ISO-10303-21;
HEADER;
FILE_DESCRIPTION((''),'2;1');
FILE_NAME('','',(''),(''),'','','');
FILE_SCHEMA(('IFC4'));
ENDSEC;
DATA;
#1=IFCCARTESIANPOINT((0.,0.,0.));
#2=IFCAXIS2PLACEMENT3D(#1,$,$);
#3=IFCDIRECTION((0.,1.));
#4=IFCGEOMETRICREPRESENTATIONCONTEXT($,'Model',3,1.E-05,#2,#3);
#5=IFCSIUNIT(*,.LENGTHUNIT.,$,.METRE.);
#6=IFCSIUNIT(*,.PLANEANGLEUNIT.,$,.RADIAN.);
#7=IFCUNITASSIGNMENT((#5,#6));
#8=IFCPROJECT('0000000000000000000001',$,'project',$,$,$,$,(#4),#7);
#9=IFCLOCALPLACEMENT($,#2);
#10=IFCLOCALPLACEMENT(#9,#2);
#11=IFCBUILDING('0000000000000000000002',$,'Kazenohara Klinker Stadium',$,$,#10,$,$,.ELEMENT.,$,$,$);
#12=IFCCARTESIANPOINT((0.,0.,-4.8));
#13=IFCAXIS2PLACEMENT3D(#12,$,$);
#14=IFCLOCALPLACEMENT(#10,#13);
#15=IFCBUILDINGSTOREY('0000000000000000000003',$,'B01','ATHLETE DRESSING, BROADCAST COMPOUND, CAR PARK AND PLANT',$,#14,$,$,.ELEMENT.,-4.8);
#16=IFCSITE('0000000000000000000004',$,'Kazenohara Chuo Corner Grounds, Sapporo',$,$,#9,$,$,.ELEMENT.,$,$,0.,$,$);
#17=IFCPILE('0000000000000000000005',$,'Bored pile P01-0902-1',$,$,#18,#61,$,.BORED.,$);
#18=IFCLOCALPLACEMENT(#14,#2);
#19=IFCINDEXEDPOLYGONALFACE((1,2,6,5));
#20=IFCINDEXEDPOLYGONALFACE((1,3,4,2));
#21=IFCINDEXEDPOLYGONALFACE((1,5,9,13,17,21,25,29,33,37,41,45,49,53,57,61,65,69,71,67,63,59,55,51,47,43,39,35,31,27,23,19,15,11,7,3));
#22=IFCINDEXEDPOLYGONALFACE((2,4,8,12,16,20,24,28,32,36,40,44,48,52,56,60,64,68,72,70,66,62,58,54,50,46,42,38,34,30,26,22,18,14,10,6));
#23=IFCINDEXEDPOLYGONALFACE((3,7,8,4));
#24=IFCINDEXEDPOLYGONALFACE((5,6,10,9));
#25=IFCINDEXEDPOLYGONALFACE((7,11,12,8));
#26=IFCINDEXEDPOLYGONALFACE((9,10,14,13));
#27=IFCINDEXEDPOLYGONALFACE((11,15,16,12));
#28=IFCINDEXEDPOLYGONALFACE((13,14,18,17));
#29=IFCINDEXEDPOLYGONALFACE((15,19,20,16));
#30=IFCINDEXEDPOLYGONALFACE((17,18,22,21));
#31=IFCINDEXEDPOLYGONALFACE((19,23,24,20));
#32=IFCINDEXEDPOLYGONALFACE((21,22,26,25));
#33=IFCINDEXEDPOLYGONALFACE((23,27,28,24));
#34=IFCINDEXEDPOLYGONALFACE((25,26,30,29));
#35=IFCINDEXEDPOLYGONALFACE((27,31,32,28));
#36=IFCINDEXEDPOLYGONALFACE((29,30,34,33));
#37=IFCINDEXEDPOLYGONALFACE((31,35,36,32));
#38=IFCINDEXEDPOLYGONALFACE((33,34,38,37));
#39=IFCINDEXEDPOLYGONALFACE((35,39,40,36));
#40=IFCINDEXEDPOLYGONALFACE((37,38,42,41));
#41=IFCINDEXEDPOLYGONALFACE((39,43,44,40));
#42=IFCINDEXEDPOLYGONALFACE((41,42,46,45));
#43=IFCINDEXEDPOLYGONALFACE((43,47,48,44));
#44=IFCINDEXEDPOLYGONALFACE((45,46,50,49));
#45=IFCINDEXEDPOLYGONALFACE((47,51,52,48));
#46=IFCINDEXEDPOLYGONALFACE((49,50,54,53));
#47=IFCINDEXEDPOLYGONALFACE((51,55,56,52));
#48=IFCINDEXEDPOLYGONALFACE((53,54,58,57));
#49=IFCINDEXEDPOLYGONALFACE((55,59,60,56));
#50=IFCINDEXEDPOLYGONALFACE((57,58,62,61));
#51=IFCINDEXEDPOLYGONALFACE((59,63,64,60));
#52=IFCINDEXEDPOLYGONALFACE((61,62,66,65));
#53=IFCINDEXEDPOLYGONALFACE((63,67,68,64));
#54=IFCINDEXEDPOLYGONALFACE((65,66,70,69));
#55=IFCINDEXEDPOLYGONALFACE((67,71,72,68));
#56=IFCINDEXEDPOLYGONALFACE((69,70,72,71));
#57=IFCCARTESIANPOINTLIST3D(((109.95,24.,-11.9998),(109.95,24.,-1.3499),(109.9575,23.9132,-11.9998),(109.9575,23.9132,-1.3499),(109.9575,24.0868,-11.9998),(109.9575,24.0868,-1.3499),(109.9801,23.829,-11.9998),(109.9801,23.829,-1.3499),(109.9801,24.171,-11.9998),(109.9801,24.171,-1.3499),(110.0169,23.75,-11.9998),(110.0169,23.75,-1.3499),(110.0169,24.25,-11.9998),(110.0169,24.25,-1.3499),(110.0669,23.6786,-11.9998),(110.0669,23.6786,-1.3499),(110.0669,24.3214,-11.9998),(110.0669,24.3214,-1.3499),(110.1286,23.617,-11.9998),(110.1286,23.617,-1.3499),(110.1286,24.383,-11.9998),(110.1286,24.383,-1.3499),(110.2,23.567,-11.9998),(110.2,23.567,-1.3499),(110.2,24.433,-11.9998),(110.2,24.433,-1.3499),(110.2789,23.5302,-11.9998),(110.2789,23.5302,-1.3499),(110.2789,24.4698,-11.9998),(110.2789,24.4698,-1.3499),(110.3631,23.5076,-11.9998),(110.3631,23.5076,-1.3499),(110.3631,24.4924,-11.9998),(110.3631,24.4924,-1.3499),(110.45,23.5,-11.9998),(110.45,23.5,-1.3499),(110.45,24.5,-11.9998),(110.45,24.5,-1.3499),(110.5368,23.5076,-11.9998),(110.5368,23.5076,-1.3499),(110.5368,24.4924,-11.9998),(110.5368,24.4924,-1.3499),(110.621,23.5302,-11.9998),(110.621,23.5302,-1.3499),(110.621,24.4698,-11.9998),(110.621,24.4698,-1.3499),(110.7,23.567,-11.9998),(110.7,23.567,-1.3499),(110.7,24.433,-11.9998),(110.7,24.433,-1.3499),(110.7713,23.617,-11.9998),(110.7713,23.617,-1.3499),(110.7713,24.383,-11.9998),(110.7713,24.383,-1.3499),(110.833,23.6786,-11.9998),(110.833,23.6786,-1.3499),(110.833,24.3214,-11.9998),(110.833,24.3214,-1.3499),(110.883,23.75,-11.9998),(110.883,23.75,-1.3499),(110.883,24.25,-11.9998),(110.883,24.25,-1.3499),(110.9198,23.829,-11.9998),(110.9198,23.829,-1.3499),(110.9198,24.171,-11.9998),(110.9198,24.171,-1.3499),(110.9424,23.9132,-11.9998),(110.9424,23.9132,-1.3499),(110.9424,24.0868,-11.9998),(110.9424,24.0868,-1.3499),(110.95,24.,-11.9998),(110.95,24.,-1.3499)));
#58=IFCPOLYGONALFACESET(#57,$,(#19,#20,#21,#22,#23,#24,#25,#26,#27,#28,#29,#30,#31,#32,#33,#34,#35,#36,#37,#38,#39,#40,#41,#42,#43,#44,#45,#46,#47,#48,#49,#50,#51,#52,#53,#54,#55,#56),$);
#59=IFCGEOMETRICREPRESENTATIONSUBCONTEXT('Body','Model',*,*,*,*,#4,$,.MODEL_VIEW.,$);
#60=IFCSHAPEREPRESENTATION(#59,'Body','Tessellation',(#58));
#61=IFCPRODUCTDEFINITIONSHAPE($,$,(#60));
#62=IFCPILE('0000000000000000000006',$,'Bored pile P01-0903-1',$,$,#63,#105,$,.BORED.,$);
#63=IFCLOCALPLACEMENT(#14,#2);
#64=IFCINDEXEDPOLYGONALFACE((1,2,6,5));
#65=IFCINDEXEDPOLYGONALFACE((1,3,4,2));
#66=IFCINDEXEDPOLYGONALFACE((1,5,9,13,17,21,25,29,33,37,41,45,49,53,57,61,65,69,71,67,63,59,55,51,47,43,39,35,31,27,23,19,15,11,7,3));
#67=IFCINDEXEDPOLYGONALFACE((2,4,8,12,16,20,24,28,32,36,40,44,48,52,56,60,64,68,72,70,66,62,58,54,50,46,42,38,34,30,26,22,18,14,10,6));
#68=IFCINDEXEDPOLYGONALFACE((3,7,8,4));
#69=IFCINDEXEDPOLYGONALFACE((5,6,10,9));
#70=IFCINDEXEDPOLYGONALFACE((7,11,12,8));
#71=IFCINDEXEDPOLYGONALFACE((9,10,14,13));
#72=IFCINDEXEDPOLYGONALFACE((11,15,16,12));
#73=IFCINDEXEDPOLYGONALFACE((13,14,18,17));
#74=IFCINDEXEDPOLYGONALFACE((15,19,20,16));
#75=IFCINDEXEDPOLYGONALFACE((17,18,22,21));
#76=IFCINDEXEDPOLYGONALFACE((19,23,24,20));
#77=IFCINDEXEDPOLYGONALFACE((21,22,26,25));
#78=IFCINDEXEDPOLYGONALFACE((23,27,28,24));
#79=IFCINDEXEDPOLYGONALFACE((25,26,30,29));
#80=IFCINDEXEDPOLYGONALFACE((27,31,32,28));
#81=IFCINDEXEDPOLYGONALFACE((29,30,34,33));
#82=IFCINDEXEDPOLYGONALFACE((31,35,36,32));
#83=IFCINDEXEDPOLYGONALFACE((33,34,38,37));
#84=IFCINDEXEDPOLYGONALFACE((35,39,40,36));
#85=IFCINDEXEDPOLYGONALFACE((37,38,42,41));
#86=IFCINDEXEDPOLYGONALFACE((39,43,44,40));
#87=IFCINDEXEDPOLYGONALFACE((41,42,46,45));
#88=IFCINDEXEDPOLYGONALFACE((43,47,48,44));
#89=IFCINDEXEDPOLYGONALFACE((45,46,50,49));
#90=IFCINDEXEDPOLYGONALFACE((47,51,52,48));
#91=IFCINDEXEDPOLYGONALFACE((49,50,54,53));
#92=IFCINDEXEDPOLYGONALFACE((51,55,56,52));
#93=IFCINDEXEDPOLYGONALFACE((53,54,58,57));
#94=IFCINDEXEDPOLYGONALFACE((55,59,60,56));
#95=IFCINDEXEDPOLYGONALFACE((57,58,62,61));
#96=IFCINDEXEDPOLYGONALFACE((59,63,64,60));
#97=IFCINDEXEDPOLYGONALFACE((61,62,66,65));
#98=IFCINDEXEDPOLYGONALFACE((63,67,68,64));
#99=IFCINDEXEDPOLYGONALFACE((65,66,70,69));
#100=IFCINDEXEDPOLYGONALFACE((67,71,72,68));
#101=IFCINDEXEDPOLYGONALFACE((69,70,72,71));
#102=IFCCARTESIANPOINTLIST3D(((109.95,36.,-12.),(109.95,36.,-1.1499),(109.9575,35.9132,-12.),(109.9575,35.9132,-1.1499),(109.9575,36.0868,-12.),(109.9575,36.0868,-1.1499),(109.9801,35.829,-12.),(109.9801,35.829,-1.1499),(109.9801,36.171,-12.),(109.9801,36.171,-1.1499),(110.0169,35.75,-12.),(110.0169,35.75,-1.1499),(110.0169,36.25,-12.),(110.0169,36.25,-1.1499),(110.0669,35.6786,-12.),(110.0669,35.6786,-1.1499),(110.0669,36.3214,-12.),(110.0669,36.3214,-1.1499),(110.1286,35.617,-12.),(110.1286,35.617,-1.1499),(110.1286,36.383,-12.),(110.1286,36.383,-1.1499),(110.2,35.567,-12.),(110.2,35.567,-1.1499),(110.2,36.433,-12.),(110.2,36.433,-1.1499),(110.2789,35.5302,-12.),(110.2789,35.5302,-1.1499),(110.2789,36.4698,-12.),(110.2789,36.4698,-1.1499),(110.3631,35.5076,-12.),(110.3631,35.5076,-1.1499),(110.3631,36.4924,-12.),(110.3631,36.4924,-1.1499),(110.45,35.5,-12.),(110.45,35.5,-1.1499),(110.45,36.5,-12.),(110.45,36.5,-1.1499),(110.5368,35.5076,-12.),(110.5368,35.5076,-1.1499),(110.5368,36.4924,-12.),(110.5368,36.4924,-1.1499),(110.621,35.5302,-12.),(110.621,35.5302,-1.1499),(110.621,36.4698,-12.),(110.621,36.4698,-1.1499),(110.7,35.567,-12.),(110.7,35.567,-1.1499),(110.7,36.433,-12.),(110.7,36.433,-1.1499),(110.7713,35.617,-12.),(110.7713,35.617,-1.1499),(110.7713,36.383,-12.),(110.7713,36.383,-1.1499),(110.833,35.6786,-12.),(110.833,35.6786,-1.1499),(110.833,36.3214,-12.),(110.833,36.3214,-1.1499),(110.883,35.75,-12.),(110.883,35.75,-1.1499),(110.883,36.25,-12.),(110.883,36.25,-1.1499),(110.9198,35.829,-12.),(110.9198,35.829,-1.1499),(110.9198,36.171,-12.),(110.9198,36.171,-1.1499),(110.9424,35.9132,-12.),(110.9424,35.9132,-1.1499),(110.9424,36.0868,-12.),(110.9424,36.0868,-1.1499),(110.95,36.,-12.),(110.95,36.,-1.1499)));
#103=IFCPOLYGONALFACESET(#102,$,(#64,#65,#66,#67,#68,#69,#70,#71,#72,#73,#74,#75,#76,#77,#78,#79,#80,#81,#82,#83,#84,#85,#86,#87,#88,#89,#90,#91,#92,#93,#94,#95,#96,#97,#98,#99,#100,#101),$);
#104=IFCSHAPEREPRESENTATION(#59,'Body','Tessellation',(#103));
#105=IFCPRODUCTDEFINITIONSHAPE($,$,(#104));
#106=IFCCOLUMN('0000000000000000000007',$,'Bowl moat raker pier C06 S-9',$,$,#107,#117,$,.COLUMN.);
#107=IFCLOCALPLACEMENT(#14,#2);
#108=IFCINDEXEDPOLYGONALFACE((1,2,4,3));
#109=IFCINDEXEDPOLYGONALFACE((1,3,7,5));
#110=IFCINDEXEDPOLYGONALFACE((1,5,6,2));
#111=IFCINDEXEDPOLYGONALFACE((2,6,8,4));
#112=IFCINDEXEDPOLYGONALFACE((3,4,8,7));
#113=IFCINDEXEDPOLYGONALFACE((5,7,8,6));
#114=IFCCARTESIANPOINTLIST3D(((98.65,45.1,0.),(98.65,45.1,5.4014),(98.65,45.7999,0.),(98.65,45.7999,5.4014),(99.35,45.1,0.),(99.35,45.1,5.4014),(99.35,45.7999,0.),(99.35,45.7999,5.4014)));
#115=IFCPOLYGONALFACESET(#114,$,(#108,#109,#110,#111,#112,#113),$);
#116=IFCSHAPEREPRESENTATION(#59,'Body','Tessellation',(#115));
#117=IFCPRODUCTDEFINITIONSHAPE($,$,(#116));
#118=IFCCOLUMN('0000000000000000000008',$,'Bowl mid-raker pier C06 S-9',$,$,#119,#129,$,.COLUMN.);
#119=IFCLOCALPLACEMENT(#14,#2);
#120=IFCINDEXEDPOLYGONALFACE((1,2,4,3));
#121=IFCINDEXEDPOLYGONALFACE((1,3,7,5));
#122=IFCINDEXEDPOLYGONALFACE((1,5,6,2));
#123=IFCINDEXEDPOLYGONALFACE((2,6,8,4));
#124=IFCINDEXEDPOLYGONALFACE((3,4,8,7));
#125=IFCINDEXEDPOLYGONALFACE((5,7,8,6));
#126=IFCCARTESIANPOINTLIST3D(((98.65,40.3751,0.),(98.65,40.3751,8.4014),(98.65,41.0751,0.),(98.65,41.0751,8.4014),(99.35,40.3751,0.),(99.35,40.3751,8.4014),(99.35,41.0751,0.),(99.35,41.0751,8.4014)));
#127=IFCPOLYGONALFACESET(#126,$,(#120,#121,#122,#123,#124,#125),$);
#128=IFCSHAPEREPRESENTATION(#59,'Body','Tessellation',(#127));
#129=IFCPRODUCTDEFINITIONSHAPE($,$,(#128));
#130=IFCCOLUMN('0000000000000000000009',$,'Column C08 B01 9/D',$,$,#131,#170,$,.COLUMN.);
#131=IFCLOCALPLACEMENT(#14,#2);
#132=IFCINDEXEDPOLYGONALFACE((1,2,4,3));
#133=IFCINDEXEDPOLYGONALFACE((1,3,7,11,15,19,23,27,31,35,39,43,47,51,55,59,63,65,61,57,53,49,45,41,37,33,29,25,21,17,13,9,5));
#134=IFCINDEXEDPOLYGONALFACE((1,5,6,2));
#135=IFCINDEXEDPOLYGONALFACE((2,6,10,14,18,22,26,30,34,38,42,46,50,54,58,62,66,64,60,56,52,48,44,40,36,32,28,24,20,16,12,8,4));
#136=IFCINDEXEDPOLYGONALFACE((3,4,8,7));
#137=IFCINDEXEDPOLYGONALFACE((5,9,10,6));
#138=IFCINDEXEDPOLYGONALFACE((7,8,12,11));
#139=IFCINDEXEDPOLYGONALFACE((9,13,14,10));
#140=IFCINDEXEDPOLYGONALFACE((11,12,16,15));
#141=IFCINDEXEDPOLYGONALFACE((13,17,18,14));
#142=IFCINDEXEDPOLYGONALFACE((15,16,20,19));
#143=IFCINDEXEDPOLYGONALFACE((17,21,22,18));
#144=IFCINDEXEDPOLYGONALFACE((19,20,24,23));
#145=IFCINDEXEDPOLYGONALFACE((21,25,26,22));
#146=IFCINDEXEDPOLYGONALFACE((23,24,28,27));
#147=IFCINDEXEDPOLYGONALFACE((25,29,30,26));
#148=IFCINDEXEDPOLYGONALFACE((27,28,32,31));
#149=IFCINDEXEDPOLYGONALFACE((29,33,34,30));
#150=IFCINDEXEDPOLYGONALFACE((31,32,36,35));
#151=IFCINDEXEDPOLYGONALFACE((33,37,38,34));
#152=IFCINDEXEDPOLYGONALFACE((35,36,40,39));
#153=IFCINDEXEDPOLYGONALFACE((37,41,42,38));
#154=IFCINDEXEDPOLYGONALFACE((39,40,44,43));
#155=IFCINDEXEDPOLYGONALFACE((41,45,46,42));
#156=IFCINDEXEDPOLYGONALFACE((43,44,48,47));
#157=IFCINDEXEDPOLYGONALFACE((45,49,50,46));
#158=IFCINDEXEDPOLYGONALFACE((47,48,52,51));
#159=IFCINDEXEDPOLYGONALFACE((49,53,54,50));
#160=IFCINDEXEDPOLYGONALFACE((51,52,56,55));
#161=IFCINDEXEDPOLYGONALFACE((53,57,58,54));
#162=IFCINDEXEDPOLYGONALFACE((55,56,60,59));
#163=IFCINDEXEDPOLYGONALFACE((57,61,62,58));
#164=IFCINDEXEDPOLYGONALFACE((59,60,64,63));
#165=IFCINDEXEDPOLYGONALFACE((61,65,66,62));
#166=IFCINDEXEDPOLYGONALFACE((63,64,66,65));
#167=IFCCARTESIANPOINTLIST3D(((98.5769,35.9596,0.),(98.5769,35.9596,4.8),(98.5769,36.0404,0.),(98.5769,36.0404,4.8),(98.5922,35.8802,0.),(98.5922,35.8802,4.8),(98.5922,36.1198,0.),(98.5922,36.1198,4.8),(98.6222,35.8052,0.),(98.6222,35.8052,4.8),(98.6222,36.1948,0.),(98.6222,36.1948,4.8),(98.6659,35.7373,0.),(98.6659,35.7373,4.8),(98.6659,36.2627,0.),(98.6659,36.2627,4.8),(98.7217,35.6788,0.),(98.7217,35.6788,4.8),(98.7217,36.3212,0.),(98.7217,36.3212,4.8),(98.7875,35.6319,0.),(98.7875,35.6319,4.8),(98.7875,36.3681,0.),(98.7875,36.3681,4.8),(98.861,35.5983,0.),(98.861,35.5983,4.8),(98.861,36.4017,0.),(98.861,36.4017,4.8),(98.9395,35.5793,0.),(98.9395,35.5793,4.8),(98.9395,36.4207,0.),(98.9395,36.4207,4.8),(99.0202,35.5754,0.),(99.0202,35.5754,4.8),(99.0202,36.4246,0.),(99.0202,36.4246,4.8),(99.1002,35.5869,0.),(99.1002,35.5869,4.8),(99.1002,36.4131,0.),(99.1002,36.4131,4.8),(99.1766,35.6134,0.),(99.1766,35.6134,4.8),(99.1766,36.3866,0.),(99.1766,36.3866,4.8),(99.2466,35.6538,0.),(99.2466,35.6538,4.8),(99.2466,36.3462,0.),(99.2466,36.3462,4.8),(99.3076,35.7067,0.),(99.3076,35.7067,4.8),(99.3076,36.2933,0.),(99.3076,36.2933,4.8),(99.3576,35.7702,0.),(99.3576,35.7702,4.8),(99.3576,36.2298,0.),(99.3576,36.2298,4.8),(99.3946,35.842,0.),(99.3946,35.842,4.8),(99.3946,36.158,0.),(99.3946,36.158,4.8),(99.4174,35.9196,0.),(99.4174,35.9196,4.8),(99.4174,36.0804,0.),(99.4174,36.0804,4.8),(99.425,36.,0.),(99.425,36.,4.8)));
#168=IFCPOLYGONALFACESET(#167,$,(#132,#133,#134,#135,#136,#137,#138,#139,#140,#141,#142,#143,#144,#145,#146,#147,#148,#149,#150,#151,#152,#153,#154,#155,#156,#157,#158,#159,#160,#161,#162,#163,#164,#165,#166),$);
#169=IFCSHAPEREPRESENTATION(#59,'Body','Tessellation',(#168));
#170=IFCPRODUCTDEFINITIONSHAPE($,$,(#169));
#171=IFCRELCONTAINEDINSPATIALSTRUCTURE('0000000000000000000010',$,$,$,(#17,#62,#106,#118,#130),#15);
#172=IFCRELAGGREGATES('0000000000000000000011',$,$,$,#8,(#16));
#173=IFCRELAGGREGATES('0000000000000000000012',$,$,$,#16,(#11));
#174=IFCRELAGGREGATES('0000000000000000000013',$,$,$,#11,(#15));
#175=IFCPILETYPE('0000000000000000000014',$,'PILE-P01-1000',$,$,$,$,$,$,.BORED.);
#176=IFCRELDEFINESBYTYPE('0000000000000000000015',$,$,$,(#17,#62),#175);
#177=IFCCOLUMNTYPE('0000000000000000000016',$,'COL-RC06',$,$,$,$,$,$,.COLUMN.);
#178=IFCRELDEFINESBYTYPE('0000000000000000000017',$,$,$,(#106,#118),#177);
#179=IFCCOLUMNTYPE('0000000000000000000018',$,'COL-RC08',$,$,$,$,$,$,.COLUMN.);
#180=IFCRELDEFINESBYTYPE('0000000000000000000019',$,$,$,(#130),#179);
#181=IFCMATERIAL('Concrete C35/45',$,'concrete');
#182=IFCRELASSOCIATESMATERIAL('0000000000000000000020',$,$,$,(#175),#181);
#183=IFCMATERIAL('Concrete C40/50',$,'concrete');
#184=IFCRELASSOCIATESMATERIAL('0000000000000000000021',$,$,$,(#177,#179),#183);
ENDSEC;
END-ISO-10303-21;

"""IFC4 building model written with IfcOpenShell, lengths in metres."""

from ifc_helpers import new_model, si_unit, direction, frame, origin, origin_2d, place, context, subcontext, project, spatial, rectangle, circle, extrude, material, material_profile, profile_set, type_object, element, save


model = new_model("IFC4")

# Units and contexts
model_context = context("Model", 3, precision=1e-05, world=origin(), true_north=direction((0.0, 1.0)))
body_context = subcontext(model_context, "Body", "Model", "MODEL_VIEW")
ifc_project = project(units=[si_unit("LENGTHUNIT", "METRE"), si_unit("PLANEANGLEUNIT", "RADIAN")], contexts=[model_context])

# Site, building, storey
site_placement = place(None, origin())
site = spatial("IfcSite", under=ifc_project, at=site_placement, Name="Kazenohara Chuo Corner Grounds, Sapporo", CompositionType="ELEMENT", RefElevation=0.0)
building_placement = place(site_placement, origin())
building = spatial("IfcBuilding", under=site, at=building_placement, Name="Kazenohara Klinker Stadium", CompositionType="ELEMENT")
storey_placement = place(building_placement, frame((0.0, 0.0, -4.8)))
storey = spatial("IfcBuildingStorey", under=building, at=storey_placement, Name="B01", Description="ATHLETE DRESSING, BROADCAST COMPOUND, CAR PARK AND PLANT", CompositionType="ELEMENT", Elevation=-4.8)

# Shared definitions
ifc_material_1 = material(Name="Concrete C35/45", Category="concrete")

# Piles
ifc_material_profile_1 = material_profile(ifc_material_1, circle(Radius=0.5, at=origin_2d()), Name="BORED-PILE-1000")
ifc_profile_set_1 = profile_set([ifc_material_profile_1], Name="Concrete C35/45")
pile_type = type_object("IfcPileType", Name="PILE-P01-1000", PredefinedType="BORED", material=ifc_profile_set_1)
pile_1_placement = place(storey_placement, frame((110.45, 24.0, -1.3499), z_axis=(0.0, 0.0, -1.0), x_axis=(1.0, 0.0, 0.0)))
element("IfcPile", 1, at=pile_1_placement, inside=storey, type_object=pile_type, Name="Bored pile P01-0902-1", PredefinedType="BORED", context=body_context, shape_type="SweptSolid", body=[
    extrude(circle(Radius=0.5, at=origin_2d()), origin(), (0.0, 0.0, 1.0), 10.6499),
])
pile_2_placement = place(storey_placement, frame((110.45, 36.0, -1.1499), z_axis=(0.0, 0.0, -1.0), x_axis=(1.0, 0.0, 0.0)))
element("IfcPile", 2, at=pile_2_placement, inside=storey, type_object=pile_type, Name="Bored pile P01-0903-1", PredefinedType="BORED", context=body_context, shape_type="SweptSolid", body=[
    extrude(circle(Radius=0.5, at=origin_2d()), origin(), (0.0, 0.0, 1.0), 10.8501),
])

# Columns
ifc_material_2 = material(Name="Concrete C40/50", Category="concrete")
ifc_material_profile_2 = material_profile(ifc_material_2, rectangle(XDim=0.7, YDim=0.7, at=origin_2d()), Name="RC-COL-700x700")
ifc_profile_set_2 = profile_set([ifc_material_profile_2], Name="Concrete C40/50")
column_type_1 = type_object("IfcColumnType", Name="COL-RC06", PredefinedType="COLUMN", material=ifc_profile_set_2)
column_1_placement = place(storey_placement, frame((99.0, 45.45, 0.0), z_axis=(0.0, 0.0, 1.0), x_axis=(1.0, 0.0, 0.0)))
element("IfcColumn", 3, at=column_1_placement, inside=storey, type_object=column_type_1, Name="Bowl moat raker pier C06 S-9", PredefinedType="COLUMN", context=body_context, shape_type="SweptSolid", body=[
    extrude(rectangle(XDim=0.7, YDim=0.7, at=origin_2d()), origin(), (0.0, 0.0, 1.0), 5.4014),
])
column_2_placement = place(storey_placement, frame((99.0, 40.7251, 0.0), z_axis=(0.0, 0.0, 1.0), x_axis=(1.0, 0.0, 0.0)))
element("IfcColumn", 4, at=column_2_placement, inside=storey, type_object=column_type_1, Name="Bowl mid-raker pier C06 S-9", PredefinedType="COLUMN", context=body_context, shape_type="SweptSolid", body=[
    extrude(rectangle(XDim=0.7, YDim=0.7, at=origin_2d()), origin(), (0.0, 0.0, 1.0), 8.4014),
])
ifc_material_profile_3 = material_profile(ifc_material_2, circle(Radius=0.425, at=origin_2d()), Name="RC-COL-D850")
ifc_profile_set_3 = profile_set([ifc_material_profile_3], Name="Concrete C40/50")
column_type_2 = type_object("IfcColumnType", Name="COL-RC08", PredefinedType="COLUMN", material=ifc_profile_set_3)
for number, where, z_axis, x_axis, name in (
    (5, (99.0, 36.0, 0.0), (0.0, 0.0, 1.0), (1.0, 0.0, 0.0), "Column C08 B01 9/D"),
):
    element("IfcColumn", number, at=place(storey_placement, frame(where, z_axis=z_axis, x_axis=x_axis)), inside=storey, type_object=column_type_2, Name=name, PredefinedType="COLUMN", context=body_context, shape_type="SweptSolid", body=[
        extrude(circle(Radius=0.425, at=origin_2d()), origin(), (0.0, 0.0, 1.0), 4.8),
    ])

save(model, "model.ifc")
